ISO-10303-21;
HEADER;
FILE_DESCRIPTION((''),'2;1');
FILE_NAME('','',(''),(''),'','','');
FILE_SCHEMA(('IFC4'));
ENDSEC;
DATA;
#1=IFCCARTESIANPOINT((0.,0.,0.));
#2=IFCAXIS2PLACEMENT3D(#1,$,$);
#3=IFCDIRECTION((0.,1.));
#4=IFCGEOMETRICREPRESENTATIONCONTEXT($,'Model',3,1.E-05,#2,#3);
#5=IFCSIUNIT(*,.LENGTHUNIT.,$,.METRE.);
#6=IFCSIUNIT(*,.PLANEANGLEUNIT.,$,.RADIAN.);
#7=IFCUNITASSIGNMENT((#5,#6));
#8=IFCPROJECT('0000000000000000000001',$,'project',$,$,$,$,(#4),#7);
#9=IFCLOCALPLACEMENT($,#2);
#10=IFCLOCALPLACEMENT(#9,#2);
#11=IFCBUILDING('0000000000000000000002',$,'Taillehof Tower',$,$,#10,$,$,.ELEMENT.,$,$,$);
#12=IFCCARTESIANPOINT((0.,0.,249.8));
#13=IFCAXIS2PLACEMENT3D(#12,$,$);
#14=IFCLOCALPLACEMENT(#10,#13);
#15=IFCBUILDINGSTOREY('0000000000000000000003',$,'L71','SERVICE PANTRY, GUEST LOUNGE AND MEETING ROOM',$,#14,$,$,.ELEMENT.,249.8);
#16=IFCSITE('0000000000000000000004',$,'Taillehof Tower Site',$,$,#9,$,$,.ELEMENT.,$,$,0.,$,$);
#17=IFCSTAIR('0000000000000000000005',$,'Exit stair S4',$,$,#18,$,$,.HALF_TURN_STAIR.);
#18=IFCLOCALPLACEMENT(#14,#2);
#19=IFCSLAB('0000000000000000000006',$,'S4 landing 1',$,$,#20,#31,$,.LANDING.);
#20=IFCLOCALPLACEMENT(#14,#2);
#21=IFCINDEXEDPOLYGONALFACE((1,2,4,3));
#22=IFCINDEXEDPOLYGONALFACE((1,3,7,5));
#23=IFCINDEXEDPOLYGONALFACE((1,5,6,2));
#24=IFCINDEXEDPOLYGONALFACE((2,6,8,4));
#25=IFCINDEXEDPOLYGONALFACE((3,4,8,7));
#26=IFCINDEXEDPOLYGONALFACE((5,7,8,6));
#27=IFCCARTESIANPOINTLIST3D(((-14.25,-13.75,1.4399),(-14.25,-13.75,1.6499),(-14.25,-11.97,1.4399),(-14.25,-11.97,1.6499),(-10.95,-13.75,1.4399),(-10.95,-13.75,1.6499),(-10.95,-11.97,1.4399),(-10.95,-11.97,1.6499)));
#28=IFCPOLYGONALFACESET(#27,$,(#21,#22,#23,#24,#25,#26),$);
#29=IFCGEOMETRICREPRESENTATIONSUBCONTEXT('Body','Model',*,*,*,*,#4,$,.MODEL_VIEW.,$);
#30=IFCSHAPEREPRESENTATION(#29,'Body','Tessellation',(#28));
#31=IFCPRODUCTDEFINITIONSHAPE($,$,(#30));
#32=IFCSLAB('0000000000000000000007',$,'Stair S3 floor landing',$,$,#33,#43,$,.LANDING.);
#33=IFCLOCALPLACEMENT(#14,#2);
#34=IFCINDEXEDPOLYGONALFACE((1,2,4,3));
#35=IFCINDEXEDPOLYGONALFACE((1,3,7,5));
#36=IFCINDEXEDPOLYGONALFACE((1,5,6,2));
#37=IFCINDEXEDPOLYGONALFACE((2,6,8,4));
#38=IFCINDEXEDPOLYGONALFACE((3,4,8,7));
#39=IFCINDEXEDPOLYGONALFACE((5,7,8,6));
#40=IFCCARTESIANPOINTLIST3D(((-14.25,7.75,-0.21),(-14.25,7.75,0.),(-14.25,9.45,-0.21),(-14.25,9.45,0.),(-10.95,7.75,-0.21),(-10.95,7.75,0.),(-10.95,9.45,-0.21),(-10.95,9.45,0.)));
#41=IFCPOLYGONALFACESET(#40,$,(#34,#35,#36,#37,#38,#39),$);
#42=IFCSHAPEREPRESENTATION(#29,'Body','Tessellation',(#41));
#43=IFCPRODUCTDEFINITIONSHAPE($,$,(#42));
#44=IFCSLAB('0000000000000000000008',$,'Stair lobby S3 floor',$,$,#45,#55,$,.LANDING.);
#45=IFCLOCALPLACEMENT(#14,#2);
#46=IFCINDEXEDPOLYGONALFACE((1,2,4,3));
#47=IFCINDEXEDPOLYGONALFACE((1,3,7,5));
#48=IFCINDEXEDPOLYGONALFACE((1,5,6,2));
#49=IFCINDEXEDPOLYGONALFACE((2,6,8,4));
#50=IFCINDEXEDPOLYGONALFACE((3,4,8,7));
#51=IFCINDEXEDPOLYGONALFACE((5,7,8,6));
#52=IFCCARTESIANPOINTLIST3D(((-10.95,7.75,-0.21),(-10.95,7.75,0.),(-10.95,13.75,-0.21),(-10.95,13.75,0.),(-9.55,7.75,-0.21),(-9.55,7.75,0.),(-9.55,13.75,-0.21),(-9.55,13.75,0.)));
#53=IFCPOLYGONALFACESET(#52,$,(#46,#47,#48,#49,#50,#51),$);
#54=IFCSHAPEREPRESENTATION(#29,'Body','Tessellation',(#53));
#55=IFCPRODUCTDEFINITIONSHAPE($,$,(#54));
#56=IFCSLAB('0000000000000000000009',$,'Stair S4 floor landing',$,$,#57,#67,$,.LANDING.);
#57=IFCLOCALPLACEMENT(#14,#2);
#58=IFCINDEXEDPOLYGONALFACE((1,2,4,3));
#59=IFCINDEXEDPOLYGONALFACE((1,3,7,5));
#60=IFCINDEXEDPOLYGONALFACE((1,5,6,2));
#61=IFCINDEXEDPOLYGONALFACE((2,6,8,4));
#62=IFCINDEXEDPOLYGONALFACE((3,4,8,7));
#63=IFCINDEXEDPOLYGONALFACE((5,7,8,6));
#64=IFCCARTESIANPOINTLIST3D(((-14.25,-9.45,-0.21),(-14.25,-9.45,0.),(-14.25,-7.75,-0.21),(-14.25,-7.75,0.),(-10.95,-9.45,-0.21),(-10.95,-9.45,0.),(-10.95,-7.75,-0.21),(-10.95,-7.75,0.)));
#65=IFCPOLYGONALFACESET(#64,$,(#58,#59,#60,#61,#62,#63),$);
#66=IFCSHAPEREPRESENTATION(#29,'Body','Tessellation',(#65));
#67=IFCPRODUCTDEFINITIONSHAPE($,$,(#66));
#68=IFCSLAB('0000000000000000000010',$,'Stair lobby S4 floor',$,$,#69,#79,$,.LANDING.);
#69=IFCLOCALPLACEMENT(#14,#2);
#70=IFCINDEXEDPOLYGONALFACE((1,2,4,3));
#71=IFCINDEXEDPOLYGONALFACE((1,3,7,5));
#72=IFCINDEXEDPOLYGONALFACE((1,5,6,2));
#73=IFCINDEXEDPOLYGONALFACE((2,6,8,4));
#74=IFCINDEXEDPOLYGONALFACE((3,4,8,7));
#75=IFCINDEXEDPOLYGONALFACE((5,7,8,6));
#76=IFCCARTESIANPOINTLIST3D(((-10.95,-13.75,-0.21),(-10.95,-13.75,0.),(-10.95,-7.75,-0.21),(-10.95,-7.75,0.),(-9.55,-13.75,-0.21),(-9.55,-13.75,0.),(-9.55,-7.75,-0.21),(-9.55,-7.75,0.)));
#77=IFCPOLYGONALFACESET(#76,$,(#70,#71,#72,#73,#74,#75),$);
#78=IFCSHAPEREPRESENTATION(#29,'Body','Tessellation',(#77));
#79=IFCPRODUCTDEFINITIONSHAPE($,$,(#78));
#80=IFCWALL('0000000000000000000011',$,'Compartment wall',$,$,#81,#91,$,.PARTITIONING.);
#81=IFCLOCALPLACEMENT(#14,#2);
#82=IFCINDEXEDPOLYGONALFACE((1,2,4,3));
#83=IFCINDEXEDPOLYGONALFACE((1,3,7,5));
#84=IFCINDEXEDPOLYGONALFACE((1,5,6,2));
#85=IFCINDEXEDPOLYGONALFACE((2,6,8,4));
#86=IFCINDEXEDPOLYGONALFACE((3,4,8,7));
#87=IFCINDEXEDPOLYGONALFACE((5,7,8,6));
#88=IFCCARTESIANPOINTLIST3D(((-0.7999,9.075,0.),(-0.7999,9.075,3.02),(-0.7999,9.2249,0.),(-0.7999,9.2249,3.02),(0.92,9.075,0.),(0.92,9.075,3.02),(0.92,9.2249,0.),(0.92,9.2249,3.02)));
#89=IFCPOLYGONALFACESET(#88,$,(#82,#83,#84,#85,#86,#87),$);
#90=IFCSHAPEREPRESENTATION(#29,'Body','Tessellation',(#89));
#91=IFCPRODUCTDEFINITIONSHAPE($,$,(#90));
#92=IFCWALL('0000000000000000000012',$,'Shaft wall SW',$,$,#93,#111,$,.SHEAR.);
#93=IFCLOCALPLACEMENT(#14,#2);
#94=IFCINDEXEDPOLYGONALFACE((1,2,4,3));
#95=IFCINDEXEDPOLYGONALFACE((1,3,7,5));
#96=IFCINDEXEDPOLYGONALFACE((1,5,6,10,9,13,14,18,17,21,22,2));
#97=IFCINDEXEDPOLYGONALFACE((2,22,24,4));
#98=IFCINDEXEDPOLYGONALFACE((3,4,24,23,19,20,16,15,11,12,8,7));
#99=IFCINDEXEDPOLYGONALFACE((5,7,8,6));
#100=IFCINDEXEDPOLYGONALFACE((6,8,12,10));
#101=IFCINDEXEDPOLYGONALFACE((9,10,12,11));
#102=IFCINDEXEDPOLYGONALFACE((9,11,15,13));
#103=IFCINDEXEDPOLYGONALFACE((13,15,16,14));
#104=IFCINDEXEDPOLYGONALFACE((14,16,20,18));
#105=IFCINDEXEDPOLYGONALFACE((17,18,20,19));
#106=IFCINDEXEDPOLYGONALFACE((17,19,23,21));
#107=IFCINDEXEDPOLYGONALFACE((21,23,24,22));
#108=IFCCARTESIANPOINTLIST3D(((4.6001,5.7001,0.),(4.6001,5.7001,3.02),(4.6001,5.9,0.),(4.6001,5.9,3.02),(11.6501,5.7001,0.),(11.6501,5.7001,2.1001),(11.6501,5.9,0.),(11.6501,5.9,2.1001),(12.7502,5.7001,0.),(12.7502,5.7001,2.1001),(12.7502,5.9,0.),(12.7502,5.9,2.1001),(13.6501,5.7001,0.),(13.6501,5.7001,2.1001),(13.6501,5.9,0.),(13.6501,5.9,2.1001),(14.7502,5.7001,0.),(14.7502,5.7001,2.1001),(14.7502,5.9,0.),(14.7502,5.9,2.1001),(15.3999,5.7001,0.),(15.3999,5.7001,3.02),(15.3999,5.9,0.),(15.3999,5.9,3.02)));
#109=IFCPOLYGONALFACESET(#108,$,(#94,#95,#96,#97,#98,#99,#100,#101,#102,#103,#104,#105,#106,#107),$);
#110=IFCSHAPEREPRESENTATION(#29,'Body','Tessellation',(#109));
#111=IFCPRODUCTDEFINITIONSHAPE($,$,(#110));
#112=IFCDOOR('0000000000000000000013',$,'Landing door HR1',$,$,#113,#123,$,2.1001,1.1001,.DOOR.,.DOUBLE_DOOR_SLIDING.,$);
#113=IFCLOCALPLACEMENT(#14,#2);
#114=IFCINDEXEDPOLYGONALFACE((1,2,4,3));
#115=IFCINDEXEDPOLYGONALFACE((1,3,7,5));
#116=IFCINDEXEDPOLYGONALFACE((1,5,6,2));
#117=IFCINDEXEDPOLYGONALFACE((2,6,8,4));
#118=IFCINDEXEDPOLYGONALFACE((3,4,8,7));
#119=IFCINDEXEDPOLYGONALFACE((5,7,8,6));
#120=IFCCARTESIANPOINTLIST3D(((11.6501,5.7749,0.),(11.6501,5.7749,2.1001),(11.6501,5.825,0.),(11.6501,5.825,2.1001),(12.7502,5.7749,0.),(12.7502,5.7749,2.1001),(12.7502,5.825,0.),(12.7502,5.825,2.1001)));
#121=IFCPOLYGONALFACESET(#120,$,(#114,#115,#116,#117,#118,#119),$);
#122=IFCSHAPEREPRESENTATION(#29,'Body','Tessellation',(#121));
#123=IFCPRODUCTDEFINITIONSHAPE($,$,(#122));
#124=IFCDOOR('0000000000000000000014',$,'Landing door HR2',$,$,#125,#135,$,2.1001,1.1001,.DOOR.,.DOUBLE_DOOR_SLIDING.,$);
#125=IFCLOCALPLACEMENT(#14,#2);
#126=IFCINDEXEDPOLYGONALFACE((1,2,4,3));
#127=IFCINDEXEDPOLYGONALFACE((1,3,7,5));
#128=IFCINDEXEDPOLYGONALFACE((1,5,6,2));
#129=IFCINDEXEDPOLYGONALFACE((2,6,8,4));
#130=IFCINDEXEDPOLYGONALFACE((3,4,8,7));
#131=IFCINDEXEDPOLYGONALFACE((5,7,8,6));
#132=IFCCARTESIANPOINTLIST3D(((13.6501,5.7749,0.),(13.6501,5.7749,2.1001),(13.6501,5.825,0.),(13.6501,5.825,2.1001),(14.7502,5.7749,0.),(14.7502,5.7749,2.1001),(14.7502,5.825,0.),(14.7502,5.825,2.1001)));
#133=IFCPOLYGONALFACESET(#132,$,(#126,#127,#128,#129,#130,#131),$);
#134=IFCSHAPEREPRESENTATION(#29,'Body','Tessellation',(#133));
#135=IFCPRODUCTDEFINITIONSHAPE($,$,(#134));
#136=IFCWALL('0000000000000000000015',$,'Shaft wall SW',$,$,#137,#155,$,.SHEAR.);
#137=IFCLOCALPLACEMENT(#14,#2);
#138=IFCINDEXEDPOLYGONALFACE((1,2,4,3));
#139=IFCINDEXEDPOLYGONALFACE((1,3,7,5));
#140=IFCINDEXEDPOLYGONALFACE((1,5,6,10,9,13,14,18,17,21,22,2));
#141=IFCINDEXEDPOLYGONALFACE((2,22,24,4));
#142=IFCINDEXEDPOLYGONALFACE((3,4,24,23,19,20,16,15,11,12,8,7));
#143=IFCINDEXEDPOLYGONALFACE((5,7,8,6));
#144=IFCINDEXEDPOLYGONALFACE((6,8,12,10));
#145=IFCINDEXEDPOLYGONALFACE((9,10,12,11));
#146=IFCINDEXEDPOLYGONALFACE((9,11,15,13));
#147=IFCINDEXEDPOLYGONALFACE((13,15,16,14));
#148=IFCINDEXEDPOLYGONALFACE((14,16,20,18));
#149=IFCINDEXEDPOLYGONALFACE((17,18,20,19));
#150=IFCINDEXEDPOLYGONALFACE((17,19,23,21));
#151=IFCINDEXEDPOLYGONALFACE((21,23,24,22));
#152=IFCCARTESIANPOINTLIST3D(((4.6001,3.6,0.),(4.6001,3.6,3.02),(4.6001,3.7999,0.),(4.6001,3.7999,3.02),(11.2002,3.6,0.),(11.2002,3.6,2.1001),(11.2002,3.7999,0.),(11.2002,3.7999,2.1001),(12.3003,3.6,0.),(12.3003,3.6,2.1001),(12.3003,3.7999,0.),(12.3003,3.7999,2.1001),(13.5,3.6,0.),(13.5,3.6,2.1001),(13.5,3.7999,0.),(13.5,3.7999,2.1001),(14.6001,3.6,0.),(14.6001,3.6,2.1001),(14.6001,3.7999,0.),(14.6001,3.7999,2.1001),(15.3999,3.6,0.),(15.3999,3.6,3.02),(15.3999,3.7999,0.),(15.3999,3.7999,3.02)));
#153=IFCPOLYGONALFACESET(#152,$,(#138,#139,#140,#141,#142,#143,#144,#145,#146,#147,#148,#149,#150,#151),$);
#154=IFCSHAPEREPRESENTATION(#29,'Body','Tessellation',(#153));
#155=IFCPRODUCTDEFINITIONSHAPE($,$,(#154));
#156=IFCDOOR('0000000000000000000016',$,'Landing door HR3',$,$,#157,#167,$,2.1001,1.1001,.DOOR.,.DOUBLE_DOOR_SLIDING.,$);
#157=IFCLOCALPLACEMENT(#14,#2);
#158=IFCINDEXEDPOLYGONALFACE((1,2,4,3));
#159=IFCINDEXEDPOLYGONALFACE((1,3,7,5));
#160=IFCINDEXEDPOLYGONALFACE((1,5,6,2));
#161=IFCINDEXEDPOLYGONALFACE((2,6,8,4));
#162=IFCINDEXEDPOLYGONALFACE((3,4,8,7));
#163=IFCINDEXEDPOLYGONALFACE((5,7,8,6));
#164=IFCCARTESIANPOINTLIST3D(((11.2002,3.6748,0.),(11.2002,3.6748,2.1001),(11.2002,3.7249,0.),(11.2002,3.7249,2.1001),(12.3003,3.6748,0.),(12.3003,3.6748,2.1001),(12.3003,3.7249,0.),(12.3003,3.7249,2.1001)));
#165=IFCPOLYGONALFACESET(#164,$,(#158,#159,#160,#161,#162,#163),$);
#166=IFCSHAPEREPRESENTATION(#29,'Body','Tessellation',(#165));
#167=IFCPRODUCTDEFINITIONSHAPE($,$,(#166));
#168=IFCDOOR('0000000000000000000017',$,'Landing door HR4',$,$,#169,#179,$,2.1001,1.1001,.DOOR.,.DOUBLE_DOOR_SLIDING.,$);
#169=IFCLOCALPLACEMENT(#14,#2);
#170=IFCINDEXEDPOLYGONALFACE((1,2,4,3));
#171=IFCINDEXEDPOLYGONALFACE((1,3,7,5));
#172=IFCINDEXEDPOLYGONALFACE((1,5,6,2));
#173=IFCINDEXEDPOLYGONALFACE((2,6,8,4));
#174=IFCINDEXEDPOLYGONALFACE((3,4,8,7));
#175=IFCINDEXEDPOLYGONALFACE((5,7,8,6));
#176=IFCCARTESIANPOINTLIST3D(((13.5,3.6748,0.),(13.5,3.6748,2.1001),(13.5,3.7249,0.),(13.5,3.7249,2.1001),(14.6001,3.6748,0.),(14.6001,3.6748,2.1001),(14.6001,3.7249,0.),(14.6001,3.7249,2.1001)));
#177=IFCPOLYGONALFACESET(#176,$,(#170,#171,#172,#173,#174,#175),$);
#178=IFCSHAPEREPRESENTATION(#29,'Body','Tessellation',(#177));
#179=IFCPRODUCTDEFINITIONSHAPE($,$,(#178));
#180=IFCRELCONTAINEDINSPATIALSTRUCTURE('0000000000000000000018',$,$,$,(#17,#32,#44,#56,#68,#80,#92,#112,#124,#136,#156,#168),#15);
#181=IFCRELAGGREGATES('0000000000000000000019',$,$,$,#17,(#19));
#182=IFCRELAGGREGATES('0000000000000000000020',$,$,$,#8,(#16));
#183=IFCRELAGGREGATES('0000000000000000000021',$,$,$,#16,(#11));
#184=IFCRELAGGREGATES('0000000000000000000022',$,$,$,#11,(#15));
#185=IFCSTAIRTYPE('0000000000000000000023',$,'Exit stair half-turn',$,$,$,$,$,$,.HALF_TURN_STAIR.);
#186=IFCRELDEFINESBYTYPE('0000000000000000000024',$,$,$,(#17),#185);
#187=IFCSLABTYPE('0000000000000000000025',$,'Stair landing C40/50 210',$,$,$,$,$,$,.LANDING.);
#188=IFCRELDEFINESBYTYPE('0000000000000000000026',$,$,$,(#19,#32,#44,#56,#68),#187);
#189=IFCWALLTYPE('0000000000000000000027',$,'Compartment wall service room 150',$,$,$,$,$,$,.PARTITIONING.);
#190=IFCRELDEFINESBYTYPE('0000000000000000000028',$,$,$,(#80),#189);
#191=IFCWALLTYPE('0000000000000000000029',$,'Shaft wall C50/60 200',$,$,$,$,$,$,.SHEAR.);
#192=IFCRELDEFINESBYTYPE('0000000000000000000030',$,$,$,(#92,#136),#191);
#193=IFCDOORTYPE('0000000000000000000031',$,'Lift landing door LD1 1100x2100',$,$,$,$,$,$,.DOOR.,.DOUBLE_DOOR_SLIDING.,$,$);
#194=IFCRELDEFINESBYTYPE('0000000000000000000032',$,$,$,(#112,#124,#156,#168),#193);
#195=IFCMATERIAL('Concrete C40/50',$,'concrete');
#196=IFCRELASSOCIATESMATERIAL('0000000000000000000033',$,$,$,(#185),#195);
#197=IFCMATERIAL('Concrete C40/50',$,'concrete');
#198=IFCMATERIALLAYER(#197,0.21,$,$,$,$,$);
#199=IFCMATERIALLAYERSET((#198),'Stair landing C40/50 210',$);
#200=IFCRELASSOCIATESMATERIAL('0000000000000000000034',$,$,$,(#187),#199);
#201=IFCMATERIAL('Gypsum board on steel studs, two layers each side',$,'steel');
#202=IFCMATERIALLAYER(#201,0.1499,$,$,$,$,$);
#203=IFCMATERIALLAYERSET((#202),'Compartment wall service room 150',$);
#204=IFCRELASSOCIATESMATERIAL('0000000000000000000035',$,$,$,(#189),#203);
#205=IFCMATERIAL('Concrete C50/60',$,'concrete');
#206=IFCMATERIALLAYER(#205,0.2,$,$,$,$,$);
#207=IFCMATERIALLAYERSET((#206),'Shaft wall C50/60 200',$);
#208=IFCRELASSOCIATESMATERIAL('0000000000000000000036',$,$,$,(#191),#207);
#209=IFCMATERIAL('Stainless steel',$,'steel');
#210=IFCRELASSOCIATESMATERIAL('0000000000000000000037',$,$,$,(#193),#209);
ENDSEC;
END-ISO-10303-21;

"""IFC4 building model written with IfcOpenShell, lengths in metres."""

from ifc_helpers import new_model, si_unit, direction, frame, frame_2d, origin, place, context, subcontext, project, spatial, polyline, rectangle, outline, extrude, material, layer, layer_set, type_object, element, fill, aggregate, save


model = new_model("IFC4")

# Units and contexts
model_context = context("Model", 3, precision=1e-05, world=origin(), true_north=direction((0.0, 1.0)))
body_context = subcontext(model_context, "Body", "Model", "MODEL_VIEW")
ifc_project = project(units=[si_unit("LENGTHUNIT", "METRE"), si_unit("PLANEANGLEUNIT", "RADIAN")], contexts=[model_context])

# Site, building, storey
site_placement = place(None, origin())
site = spatial("IfcSite", under=ifc_project, at=site_placement, Name="Taillehof Tower Site", CompositionType="ELEMENT", RefElevation=0.0)
building_placement = place(site_placement, origin())
building = spatial("IfcBuilding", under=site, at=building_placement, Name="Taillehof Tower", CompositionType="ELEMENT")
storey_placement = place(building_placement, frame((0.0, 0.0, 249.8)))
storey = spatial("IfcBuildingStorey", under=building, at=storey_placement, Name="L71", Description="SERVICE PANTRY, GUEST LOUNGE AND MEETING ROOM", CompositionType="ELEMENT", Elevation=249.8)

# Stair, slab
ifc_material_1 = material(Name="Concrete C40/50", Category="concrete")
stair_type = type_object("IfcStairType", Name="Exit stair half-turn", PredefinedType="HALF_TURN_STAIR", material=ifc_material_1)
ifc_material_2 = material(Name="Concrete C40/50", Category="concrete")
ifc_layer_1 = layer(ifc_material_2, 0.21)
ifc_layer_set_1 = layer_set([ifc_layer_1], Name="Stair landing C40/50 210")
slab_type_1 = type_object("IfcSlabType", Name="Stair landing C40/50 210", PredefinedType="LANDING", material=ifc_layer_set_1)
stair_1_placement = place(storey_placement, origin())
stair_1 = element("IfcStair", 1, at=stair_1_placement, inside=storey, type_object=stair_type, Name="Exit stair S4", PredefinedType="HALF_TURN_STAIR")
slab_1_placement = place(storey_placement, frame((0.0, 0.0, 1.4399)))
slab_1 = element("IfcSlab", 2, at=slab_1_placement, type_object=slab_type_1, Name="S4 landing 1", PredefinedType="LANDING", context=body_context, shape_type="SweptSolid", body=[
    extrude(outline(polyline([(-14.25, -11.97), (-14.25, -13.75), (-10.95, -13.75), (-10.95, -11.97), (-14.25, -11.97)])), origin(), (0.0, 0.0, 1.0), 0.21),
])
aggregate(stair_1, [slab_1])

# Slabs
slab_2_placement = place(storey_placement, frame((0.0, 0.0, -0.21)))
element("IfcSlab", 3, at=slab_2_placement, inside=storey, type_object=slab_type_1, Name="Stair S3 floor landing", PredefinedType="LANDING", context=body_context, shape_type="SweptSolid", body=[
    extrude(outline(polyline([(-14.25, 7.75), (-14.25, 9.45), (-10.95, 9.45), (-10.95, 7.75), (-14.25, 7.75)])), origin(), (0.0, 0.0, 1.0), 0.21),
])
slab_3_placement = place(storey_placement, frame((0.0, 0.0, -0.21)))
element("IfcSlab", 4, at=slab_3_placement, inside=storey, type_object=slab_type_1, Name="Stair lobby S3 floor", PredefinedType="LANDING", context=body_context, shape_type="SweptSolid", body=[
    extrude(outline(polyline([(-10.95, 7.75), (-9.55, 7.75), (-9.55, 13.75), (-10.95, 13.75), (-10.95, 7.75)])), origin(), (0.0, 0.0, 1.0), 0.21),
])
slab_4_placement = place(storey_placement, frame((0.0, 0.0, -0.21)))
element("IfcSlab", 5, at=slab_4_placement, inside=storey, type_object=slab_type_1, Name="Stair S4 floor landing", PredefinedType="LANDING", context=body_context, shape_type="SweptSolid", body=[
    extrude(outline(polyline([(-14.25, -7.75), (-14.25, -9.45), (-10.95, -9.45), (-10.95, -7.75), (-14.25, -7.75)])), origin(), (0.0, 0.0, 1.0), 0.21),
])
slab_5_placement = place(storey_placement, frame((0.0, 0.0, -0.21)))
element("IfcSlab", 6, at=slab_5_placement, inside=storey, type_object=slab_type_1, Name="Stair lobby S4 floor", PredefinedType="LANDING", context=body_context, shape_type="SweptSolid", body=[
    extrude(outline(polyline([(-10.95, -13.75), (-9.55, -13.75), (-9.55, -7.75), (-10.95, -7.75), (-10.95, -13.75)])), origin(), (0.0, 0.0, 1.0), 0.21),
])

# Wall
ifc_material_3 = material(Name="Gypsum board on steel studs, two layers each side", Category="steel")
ifc_layer_2 = layer(ifc_material_3, 0.1499)
ifc_layer_set_2 = layer_set([ifc_layer_2], Name="Compartment wall service room 150")
wall_type_1 = type_object("IfcWallType", Name="Compartment wall service room 150", PredefinedType="PARTITIONING", material=ifc_layer_set_2)
wall_1_placement = place(storey_placement, frame((0.9199, 9.1499, 0.0), z_axis=(0.0, 0.0, 1.0), x_axis=(-1.0, 0.0, 0.0)))
element("IfcWall", 7, at=wall_1_placement, inside=storey, type_object=wall_type_1, Name="Compartment wall", PredefinedType="PARTITIONING", context=body_context, shape_type="SweptSolid", body=[
    extrude(rectangle(XDim=1.72, YDim=0.1499, at=frame_2d((0.8599, 0.0))), origin(), (0.0, 0.0, 1.0), 3.02),
])

# Walls, openings, doors
ifc_material_4 = material(Name="Concrete C50/60", Category="concrete")
ifc_layer_3 = layer(ifc_material_4, 0.2)
ifc_layer_set_3 = layer_set([ifc_layer_3], Name="Shaft wall C50/60 200")
wall_type_2 = type_object("IfcWallType", Name="Shaft wall C50/60 200", PredefinedType="SHEAR", material=ifc_layer_set_3)
wall_2_placement = place(storey_placement, frame((4.6001, 5.8, 0.0), z_axis=(0.0, 0.0, 1.0), x_axis=(1.0, 0.0, 0.0)))
wall_2 = element("IfcWall", 8, at=wall_2_placement, inside=storey, type_object=wall_type_2, Name="Shaft wall SW", PredefinedType="SHEAR", context=body_context, shape_type="SweptSolid", body=[
    extrude(rectangle(XDim=10.7998, YDim=0.2, at=frame_2d((5.3999, 0.0))), origin(), (0.0, 0.0, 1.0), 3.02),
])
opening_1_placement = place(wall_2_placement, frame((7.05, 0.0, 0.0)))
opening_1 = element("IfcOpeningElement", 9, at=opening_1_placement, cuts=wall_2, PredefinedType="OPENING", context=body_context, shape_type="SweptSolid", body=[
    extrude(rectangle(XDim=1.1001, YDim=2.1001, at=frame_2d((0.55, 1.05))), frame((0.0, 0.1099, 0.0), z_axis=(0.0, -1.0, 0.0), x_axis=(1.0, 0.0, 0.0)), (0.0, 0.0, 1.0), 0.22),
])
opening_2_placement = place(wall_2_placement, frame((9.05, 0.0, 0.0)))
opening_2 = element("IfcOpeningElement", 10, at=opening_2_placement, cuts=wall_2, PredefinedType="OPENING", context=body_context, shape_type="SweptSolid", body=[
    extrude(rectangle(XDim=1.1001, YDim=2.1001, at=frame_2d((0.55, 1.05))), frame((0.0, 0.1099, 0.0), z_axis=(0.0, -1.0, 0.0), x_axis=(1.0, 0.0, 0.0)), (0.0, 0.0, 1.0), 0.22),
])
ifc_material_5 = material(Name="Stainless steel", Category="steel")
door_type_1 = type_object("IfcDoorType", Name="Lift landing door LD1 1100x2100", OperationType="DOUBLE_DOOR_SLIDING", PredefinedType="DOOR", material=ifc_material_5)
door_1_placement = place(opening_1_placement, origin())
door_1 = element("IfcDoor", 11, at=door_1_placement, inside=storey, type_object=door_type_1, Name="Landing door HR1", OperationType="DOUBLE_DOOR_SLIDING", OverallHeight=2.1001, OverallWidth=1.1001, PredefinedType="DOOR", context=body_context, shape_type="SweptSolid", body=[
    extrude(rectangle(XDim=1.1001, YDim=2.1001, at=frame_2d((0.55, 1.05))), frame((0.0, 0.0249, 0.0), z_axis=(0.0, -1.0, 0.0), x_axis=(1.0, 0.0, 0.0)), (0.0, 0.0, 1.0), 0.05),
])
fill(opening_1, door_1)
door_2_placement = place(opening_2_placement, origin())
door_2 = element("IfcDoor", 12, at=door_2_placement, inside=storey, type_object=door_type_1, Name="Landing door HR2", OperationType="DOUBLE_DOOR_SLIDING", OverallHeight=2.1001, OverallWidth=1.1001, PredefinedType="DOOR", context=body_context, shape_type="SweptSolid", body=[
    extrude(rectangle(XDim=1.1001, YDim=2.1001, at=frame_2d((0.55, 1.05))), frame((0.0, 0.0249, 0.0), z_axis=(0.0, -1.0, 0.0), x_axis=(1.0, 0.0, 0.0)), (0.0, 0.0, 1.0), 0.05),
])
fill(opening_2, door_2)
wall_3_placement = place(storey_placement, frame((4.6001, 3.7, 0.0), z_axis=(0.0, 0.0, 1.0), x_axis=(1.0, 0.0, 0.0)))
wall_3 = element("IfcWall", 13, at=wall_3_placement, inside=storey, type_object=wall_type_2, Name="Shaft wall SW", PredefinedType="SHEAR", context=body_context, shape_type="SweptSolid", body=[
    extrude(rectangle(XDim=10.7998, YDim=0.2, at=frame_2d((5.3999, 0.0))), origin(), (0.0, 0.0, 1.0), 3.02),
])
opening_3_placement = place(wall_3_placement, frame((6.6001, 0.0, 0.0)))
opening_3 = element("IfcOpeningElement", 14, at=opening_3_placement, cuts=wall_3, PredefinedType="OPENING", context=body_context, shape_type="SweptSolid", body=[
    extrude(rectangle(XDim=1.1001, YDim=2.1001, at=frame_2d((0.55, 1.05))), frame((0.0, 0.1099, 0.0), z_axis=(0.0, -1.0, 0.0), x_axis=(1.0, 0.0, 0.0)), (0.0, 0.0, 1.0), 0.22),
])
opening_4_placement = place(wall_3_placement, frame((8.8999, 0.0, 0.0)))
opening_4 = element("IfcOpeningElement", 15, at=opening_4_placement, cuts=wall_3, PredefinedType="OPENING", context=body_context, shape_type="SweptSolid", body=[
    extrude(rectangle(XDim=1.1001, YDim=2.1001, at=frame_2d((0.55, 1.05))), frame((0.0, 0.1099, 0.0), z_axis=(0.0, -1.0, 0.0), x_axis=(1.0, 0.0, 0.0)), (0.0, 0.0, 1.0), 0.22),
])
door_3_placement = place(opening_3_placement, origin())
door_3 = element("IfcDoor", 16, at=door_3_placement, inside=storey, type_object=door_type_1, Name="Landing door HR3", OperationType="DOUBLE_DOOR_SLIDING", OverallHeight=2.1001, OverallWidth=1.1001, PredefinedType="DOOR", context=body_context, shape_type="SweptSolid", body=[
    extrude(rectangle(XDim=1.1001, YDim=2.1001, at=frame_2d((0.55, 1.05))), frame((0.0, 0.0249, 0.0), z_axis=(0.0, -1.0, 0.0), x_axis=(1.0, 0.0, 0.0)), (0.0, 0.0, 1.0), 0.05),
])
fill(opening_3, door_3)
door_4_placement = place(opening_4_placement, origin())
door_4 = element("IfcDoor", 17, at=door_4_placement, inside=storey, type_object=door_type_1, Name="Landing door HR4", OperationType="DOUBLE_DOOR_SLIDING", OverallHeight=2.1001, OverallWidth=1.1001, PredefinedType="DOOR", context=body_context, shape_type="SweptSolid", body=[
    extrude(rectangle(XDim=1.1001, YDim=2.1001, at=frame_2d((0.55, 1.05))), frame((0.0, 0.0249, 0.0), z_axis=(0.0, -1.0, 0.0), x_axis=(1.0, 0.0, 0.0)), (0.0, 0.0, 1.0), 0.05),
])
fill(opening_4, door_4)

save(model, "model.ifc")
